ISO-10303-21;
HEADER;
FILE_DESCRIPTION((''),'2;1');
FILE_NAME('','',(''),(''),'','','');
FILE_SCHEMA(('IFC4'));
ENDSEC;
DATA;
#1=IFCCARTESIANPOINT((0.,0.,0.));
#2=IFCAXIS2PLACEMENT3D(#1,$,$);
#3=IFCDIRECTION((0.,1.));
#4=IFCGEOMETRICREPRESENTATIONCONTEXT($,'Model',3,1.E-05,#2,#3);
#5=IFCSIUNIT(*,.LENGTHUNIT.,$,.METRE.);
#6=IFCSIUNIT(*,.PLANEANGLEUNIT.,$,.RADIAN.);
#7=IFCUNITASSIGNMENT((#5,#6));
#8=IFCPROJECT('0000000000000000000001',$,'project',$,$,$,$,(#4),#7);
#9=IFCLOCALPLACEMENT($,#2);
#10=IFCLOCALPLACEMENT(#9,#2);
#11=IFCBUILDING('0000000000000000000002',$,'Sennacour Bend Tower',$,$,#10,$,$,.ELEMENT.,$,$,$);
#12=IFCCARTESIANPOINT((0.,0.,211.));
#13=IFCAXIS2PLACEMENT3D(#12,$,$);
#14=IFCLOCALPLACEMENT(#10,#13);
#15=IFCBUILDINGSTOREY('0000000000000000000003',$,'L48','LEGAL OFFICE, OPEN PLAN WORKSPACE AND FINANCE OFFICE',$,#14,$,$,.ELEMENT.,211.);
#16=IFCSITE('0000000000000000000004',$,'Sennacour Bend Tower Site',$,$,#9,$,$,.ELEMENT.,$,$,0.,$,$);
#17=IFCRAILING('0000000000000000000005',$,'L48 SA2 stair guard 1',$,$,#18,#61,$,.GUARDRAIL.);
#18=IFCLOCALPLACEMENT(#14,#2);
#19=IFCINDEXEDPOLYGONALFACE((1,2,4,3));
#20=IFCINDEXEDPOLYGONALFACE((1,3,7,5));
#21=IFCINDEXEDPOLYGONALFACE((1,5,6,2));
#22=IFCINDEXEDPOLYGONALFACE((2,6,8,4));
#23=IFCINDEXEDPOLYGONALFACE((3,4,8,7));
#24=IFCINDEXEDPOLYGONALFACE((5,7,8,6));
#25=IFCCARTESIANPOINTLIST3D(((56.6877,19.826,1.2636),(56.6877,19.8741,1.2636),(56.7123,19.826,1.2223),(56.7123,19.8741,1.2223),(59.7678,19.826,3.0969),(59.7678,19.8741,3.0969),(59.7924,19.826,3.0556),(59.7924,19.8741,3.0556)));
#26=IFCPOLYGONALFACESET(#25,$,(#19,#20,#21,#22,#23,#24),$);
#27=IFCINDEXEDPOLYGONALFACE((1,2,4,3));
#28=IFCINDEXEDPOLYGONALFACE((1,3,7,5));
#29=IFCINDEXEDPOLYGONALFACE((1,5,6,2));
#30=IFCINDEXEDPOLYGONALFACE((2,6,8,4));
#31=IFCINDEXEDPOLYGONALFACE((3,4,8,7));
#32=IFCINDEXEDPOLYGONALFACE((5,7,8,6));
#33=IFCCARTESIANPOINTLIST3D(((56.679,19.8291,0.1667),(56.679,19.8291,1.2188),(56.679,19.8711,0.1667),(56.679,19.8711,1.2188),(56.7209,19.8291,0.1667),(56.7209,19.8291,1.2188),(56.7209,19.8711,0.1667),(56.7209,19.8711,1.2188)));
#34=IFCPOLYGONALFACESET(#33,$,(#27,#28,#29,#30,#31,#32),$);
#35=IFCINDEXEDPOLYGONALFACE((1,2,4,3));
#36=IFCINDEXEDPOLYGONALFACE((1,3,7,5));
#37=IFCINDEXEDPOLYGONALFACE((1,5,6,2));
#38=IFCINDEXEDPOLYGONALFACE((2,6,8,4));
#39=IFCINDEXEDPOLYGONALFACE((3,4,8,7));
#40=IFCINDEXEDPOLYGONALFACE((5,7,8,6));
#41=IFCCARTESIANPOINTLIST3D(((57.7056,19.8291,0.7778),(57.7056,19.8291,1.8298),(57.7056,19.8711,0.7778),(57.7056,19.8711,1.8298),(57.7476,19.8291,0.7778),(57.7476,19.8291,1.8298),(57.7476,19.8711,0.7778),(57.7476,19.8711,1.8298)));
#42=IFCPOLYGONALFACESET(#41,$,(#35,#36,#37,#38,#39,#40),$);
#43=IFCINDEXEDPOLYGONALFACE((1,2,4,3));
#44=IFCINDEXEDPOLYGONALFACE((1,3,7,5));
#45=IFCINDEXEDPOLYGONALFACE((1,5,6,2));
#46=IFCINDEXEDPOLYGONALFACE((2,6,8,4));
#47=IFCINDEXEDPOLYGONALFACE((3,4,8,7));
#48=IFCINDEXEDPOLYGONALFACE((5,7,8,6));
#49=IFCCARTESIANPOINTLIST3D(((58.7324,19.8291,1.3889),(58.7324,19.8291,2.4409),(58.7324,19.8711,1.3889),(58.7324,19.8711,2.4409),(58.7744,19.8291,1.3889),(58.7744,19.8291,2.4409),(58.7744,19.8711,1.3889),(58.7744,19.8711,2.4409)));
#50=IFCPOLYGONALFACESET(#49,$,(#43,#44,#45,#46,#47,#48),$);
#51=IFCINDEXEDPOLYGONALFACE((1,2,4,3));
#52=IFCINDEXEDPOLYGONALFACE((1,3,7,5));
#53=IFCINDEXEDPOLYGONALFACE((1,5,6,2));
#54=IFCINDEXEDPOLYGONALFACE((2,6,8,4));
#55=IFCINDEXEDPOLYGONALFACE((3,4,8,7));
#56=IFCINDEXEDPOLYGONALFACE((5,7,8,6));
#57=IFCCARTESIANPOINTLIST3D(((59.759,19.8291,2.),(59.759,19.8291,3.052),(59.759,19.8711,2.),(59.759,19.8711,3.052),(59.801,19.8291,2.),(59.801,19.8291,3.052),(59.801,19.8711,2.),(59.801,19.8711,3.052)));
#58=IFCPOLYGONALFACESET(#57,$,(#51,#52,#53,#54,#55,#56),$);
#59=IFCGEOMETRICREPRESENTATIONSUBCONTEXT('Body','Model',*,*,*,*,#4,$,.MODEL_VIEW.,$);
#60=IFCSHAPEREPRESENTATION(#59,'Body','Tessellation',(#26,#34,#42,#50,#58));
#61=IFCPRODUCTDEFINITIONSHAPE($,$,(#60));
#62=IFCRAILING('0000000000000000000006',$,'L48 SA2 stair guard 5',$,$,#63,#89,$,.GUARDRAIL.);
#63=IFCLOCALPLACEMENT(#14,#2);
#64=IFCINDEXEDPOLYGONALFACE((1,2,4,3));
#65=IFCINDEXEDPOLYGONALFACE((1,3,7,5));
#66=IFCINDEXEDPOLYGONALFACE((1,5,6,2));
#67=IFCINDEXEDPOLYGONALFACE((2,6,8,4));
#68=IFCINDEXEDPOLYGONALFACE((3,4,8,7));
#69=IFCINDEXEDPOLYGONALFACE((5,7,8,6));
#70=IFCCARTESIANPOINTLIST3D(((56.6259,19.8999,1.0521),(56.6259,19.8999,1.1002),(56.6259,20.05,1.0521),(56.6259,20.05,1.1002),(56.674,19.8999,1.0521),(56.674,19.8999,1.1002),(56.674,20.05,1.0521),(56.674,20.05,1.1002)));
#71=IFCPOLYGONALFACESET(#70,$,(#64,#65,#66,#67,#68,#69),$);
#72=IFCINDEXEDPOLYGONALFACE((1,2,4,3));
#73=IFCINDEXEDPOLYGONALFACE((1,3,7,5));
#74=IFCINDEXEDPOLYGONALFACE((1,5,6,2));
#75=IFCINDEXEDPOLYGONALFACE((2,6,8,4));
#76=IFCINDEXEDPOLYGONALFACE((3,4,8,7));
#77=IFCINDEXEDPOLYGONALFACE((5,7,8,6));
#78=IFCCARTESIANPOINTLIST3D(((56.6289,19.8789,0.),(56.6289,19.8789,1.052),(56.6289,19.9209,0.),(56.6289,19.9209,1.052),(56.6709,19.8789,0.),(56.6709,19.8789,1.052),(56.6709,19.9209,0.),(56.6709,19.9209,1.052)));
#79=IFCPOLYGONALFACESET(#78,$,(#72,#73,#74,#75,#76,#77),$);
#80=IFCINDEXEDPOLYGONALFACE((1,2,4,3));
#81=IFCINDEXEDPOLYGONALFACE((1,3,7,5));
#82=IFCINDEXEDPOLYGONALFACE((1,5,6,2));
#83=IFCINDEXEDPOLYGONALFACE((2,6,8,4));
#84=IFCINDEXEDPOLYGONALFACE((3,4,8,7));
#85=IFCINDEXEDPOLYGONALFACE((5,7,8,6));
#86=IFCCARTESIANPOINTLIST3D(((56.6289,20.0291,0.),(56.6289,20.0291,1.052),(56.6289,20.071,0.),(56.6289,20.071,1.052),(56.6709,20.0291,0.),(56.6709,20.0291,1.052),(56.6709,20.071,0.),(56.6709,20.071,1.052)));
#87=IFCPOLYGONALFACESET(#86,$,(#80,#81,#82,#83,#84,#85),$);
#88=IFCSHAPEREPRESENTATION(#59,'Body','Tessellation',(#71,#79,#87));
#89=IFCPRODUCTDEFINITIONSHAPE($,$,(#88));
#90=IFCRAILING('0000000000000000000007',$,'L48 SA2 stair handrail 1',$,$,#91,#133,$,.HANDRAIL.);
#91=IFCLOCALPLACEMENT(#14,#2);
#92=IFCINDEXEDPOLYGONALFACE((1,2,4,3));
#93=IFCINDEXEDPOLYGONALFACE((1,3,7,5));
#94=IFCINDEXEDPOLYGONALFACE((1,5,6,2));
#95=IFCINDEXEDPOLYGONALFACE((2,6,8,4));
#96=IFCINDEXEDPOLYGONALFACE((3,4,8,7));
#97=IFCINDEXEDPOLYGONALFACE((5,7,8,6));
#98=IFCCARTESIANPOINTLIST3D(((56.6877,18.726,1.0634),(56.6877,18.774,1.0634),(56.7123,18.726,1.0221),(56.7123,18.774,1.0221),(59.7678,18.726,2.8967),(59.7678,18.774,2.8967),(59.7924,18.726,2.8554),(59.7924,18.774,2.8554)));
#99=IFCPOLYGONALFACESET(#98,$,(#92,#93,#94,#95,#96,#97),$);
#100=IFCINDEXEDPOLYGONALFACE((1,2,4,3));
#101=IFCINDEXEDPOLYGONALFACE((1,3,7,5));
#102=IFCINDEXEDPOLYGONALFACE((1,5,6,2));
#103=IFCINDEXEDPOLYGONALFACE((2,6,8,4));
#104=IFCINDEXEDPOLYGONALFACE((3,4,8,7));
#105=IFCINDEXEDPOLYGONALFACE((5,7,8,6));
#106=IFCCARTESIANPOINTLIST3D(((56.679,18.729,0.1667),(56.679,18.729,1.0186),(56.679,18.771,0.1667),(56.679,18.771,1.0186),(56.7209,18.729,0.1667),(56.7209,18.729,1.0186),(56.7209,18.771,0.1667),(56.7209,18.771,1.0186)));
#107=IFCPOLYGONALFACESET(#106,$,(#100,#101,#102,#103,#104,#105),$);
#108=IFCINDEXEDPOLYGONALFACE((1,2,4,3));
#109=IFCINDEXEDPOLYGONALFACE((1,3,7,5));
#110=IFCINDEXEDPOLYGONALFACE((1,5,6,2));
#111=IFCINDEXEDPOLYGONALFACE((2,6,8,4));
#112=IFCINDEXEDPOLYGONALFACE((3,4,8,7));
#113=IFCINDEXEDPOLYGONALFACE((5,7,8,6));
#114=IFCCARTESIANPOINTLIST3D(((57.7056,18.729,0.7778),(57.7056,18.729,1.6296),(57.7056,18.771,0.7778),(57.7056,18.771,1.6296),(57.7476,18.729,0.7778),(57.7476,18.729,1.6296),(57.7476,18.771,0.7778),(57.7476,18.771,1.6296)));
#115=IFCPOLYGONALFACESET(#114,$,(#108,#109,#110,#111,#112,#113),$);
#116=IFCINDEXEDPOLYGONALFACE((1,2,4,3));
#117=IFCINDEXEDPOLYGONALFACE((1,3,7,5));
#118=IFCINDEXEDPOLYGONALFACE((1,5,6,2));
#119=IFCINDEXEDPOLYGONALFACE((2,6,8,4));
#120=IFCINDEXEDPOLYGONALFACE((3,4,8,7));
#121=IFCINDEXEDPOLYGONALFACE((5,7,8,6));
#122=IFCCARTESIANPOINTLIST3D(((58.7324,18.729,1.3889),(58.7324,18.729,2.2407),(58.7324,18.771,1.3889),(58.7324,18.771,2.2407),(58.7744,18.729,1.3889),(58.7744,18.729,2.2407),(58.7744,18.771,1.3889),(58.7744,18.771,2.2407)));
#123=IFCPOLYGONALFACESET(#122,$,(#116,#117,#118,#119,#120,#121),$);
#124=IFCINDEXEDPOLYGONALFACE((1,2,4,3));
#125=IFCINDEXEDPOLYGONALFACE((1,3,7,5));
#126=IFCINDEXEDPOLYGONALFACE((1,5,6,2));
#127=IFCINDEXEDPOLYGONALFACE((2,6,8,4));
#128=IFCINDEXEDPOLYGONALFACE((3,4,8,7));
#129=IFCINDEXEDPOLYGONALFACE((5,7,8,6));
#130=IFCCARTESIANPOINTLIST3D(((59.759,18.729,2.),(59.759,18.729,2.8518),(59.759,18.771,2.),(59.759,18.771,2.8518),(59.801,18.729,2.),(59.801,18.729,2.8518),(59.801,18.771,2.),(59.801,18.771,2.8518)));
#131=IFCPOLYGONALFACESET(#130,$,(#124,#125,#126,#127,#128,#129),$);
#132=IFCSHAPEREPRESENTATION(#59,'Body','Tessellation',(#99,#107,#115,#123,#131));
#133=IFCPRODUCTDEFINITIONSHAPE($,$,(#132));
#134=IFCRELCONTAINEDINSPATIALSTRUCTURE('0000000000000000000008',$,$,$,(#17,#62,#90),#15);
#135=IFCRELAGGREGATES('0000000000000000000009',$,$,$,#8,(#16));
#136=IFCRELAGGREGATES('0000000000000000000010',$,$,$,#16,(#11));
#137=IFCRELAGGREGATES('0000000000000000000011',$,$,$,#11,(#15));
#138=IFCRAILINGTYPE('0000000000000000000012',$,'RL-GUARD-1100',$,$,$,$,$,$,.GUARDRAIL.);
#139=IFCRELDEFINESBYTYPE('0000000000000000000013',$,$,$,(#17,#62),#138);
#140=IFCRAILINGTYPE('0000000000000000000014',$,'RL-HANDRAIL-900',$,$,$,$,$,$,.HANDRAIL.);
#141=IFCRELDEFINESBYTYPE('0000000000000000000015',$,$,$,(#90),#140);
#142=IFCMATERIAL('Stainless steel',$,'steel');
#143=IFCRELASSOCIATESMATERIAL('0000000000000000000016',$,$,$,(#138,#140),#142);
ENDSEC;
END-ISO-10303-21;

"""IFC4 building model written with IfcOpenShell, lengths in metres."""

from ifc_helpers import new_model, si_unit, direction, frame, origin, origin_2d, place, context, subcontext, project, spatial, rectangle, extrude, material, type_object, element, save


model = new_model("IFC4")

# Units and contexts
model_context = context("Model", 3, precision=1e-05, world=origin(), true_north=direction((0.0, 1.0)))
body_context = subcontext(model_context, "Body", "Model", "MODEL_VIEW")
ifc_project = project(units=[si_unit("LENGTHUNIT", "METRE"), si_unit("PLANEANGLEUNIT", "RADIAN")], contexts=[model_context])

# Site, building, storey
site_placement = place(None, origin())
site = spatial("IfcSite", under=ifc_project, at=site_placement, Name="Sennacour Bend Tower Site", CompositionType="ELEMENT", RefElevation=0.0)
building_placement = place(site_placement, origin())
building = spatial("IfcBuilding", under=site, at=building_placement, Name="Sennacour Bend Tower", CompositionType="ELEMENT")
storey_placement = place(building_placement, frame((0.0, 0.0, 211.0)))
storey = spatial("IfcBuildingStorey", under=building, at=storey_placement, Name="L48", Description="LEGAL OFFICE, OPEN PLAN WORKSPACE AND FINANCE OFFICE", CompositionType="ELEMENT", Elevation=211.0)

# Shared definitions
ifc_material_1 = material(Name="Stainless steel", Category="steel")

# Railings
railing_type_1 = type_object("IfcRailingType", Name="RL-GUARD-1100", PredefinedType="GUARDRAIL", material=ifc_material_1)
railing_1_placement = place(storey_placement, frame((56.7, 19.8501, 0.1667)))
element("IfcRailing", 1, at=railing_1_placement, inside=storey, type_object=railing_type_1, Name="L48 SA2 stair guard 1", PredefinedType="GUARDRAIL", context=body_context, shape_type="SweptSolid", body=[
    extrude(rectangle(XDim=0.0481, YDim=0.0481, at=origin_2d()), frame((0.0, 0.0, 1.0762), z_axis=(0.859309, 0.0, 0.511458), x_axis=(0.0, 1.0, 0.0)), (0.0, 0.0, 1.0), 3.5845),
    extrude(rectangle(XDim=0.042, YDim=0.042, at=origin_2d()), origin(), (0.0, 0.0, 1.0), 1.052),
    extrude(rectangle(XDim=0.042, YDim=0.042, at=origin_2d()), frame((1.0266, 0.0, 0.6111)), (0.0, 0.0, 1.0), 1.052),
    extrude(rectangle(XDim=0.042, YDim=0.042, at=origin_2d()), frame((2.0535, 0.0, 1.2222)), (0.0, 0.0, 1.0), 1.052),
    extrude(rectangle(XDim=0.042, YDim=0.042, at=origin_2d()), frame((3.0801, 0.0, 1.8333)), (0.0, 0.0, 1.0), 1.052),
])
railing_2_placement = place(storey_placement, frame((56.6499, 19.8999, 0.0)))
element("IfcRailing", 2, at=railing_2_placement, inside=storey, type_object=railing_type_1, Name="L48 SA2 stair guard 5", PredefinedType="GUARDRAIL", context=body_context, shape_type="SweptSolid", body=[
    extrude(rectangle(XDim=0.0481, YDim=0.0481, at=origin_2d()), frame((0.0, 0.0, 1.0762), z_axis=(0.0, 1.0, 0.0), x_axis=(-1.0, 0.0, 0.0)), (0.0, 0.0, 1.0), 0.1501),
    extrude(rectangle(XDim=0.042, YDim=0.042, at=origin_2d()), origin(), (0.0, 0.0, 1.0), 1.052),
    extrude(rectangle(XDim=0.042, YDim=0.042, at=origin_2d()), frame((0.0, 0.1501, 0.0)), (0.0, 0.0, 1.0), 1.052),
])
railing_type_2 = type_object("IfcRailingType", Name="RL-HANDRAIL-900", PredefinedType="HANDRAIL", material=ifc_material_1)
railing_3_placement = place(storey_placement, frame((56.7, 18.75, 0.1667)))
element("IfcRailing", 3, at=railing_3_placement, inside=storey, type_object=railing_type_2, Name="L48 SA2 stair handrail 1", PredefinedType="HANDRAIL", context=body_context, shape_type="SweptSolid", body=[
    extrude(rectangle(XDim=0.0481, YDim=0.0481, at=origin_2d()), frame((0.0, 0.0, 0.876), z_axis=(0.859309, 0.0, 0.511458), x_axis=(0.0, 1.0, 0.0)), (0.0, 0.0, 1.0), 3.5845),
    extrude(rectangle(XDim=0.042, YDim=0.042, at=origin_2d()), origin(), (0.0, 0.0, 1.0), 0.8518),
    extrude(rectangle(XDim=0.042, YDim=0.042, at=origin_2d()), frame((1.0266, 0.0, 0.6111)), (0.0, 0.0, 1.0), 0.8518),
    extrude(rectangle(XDim=0.042, YDim=0.042, at=origin_2d()), frame((2.0535, 0.0, 1.2222)), (0.0, 0.0, 1.0), 0.8518),
    extrude(rectangle(XDim=0.042, YDim=0.042, at=origin_2d()), frame((3.0801, 0.0, 1.8333)), (0.0, 0.0, 1.0), 0.8518),
])

save(model, "model.ifc")
